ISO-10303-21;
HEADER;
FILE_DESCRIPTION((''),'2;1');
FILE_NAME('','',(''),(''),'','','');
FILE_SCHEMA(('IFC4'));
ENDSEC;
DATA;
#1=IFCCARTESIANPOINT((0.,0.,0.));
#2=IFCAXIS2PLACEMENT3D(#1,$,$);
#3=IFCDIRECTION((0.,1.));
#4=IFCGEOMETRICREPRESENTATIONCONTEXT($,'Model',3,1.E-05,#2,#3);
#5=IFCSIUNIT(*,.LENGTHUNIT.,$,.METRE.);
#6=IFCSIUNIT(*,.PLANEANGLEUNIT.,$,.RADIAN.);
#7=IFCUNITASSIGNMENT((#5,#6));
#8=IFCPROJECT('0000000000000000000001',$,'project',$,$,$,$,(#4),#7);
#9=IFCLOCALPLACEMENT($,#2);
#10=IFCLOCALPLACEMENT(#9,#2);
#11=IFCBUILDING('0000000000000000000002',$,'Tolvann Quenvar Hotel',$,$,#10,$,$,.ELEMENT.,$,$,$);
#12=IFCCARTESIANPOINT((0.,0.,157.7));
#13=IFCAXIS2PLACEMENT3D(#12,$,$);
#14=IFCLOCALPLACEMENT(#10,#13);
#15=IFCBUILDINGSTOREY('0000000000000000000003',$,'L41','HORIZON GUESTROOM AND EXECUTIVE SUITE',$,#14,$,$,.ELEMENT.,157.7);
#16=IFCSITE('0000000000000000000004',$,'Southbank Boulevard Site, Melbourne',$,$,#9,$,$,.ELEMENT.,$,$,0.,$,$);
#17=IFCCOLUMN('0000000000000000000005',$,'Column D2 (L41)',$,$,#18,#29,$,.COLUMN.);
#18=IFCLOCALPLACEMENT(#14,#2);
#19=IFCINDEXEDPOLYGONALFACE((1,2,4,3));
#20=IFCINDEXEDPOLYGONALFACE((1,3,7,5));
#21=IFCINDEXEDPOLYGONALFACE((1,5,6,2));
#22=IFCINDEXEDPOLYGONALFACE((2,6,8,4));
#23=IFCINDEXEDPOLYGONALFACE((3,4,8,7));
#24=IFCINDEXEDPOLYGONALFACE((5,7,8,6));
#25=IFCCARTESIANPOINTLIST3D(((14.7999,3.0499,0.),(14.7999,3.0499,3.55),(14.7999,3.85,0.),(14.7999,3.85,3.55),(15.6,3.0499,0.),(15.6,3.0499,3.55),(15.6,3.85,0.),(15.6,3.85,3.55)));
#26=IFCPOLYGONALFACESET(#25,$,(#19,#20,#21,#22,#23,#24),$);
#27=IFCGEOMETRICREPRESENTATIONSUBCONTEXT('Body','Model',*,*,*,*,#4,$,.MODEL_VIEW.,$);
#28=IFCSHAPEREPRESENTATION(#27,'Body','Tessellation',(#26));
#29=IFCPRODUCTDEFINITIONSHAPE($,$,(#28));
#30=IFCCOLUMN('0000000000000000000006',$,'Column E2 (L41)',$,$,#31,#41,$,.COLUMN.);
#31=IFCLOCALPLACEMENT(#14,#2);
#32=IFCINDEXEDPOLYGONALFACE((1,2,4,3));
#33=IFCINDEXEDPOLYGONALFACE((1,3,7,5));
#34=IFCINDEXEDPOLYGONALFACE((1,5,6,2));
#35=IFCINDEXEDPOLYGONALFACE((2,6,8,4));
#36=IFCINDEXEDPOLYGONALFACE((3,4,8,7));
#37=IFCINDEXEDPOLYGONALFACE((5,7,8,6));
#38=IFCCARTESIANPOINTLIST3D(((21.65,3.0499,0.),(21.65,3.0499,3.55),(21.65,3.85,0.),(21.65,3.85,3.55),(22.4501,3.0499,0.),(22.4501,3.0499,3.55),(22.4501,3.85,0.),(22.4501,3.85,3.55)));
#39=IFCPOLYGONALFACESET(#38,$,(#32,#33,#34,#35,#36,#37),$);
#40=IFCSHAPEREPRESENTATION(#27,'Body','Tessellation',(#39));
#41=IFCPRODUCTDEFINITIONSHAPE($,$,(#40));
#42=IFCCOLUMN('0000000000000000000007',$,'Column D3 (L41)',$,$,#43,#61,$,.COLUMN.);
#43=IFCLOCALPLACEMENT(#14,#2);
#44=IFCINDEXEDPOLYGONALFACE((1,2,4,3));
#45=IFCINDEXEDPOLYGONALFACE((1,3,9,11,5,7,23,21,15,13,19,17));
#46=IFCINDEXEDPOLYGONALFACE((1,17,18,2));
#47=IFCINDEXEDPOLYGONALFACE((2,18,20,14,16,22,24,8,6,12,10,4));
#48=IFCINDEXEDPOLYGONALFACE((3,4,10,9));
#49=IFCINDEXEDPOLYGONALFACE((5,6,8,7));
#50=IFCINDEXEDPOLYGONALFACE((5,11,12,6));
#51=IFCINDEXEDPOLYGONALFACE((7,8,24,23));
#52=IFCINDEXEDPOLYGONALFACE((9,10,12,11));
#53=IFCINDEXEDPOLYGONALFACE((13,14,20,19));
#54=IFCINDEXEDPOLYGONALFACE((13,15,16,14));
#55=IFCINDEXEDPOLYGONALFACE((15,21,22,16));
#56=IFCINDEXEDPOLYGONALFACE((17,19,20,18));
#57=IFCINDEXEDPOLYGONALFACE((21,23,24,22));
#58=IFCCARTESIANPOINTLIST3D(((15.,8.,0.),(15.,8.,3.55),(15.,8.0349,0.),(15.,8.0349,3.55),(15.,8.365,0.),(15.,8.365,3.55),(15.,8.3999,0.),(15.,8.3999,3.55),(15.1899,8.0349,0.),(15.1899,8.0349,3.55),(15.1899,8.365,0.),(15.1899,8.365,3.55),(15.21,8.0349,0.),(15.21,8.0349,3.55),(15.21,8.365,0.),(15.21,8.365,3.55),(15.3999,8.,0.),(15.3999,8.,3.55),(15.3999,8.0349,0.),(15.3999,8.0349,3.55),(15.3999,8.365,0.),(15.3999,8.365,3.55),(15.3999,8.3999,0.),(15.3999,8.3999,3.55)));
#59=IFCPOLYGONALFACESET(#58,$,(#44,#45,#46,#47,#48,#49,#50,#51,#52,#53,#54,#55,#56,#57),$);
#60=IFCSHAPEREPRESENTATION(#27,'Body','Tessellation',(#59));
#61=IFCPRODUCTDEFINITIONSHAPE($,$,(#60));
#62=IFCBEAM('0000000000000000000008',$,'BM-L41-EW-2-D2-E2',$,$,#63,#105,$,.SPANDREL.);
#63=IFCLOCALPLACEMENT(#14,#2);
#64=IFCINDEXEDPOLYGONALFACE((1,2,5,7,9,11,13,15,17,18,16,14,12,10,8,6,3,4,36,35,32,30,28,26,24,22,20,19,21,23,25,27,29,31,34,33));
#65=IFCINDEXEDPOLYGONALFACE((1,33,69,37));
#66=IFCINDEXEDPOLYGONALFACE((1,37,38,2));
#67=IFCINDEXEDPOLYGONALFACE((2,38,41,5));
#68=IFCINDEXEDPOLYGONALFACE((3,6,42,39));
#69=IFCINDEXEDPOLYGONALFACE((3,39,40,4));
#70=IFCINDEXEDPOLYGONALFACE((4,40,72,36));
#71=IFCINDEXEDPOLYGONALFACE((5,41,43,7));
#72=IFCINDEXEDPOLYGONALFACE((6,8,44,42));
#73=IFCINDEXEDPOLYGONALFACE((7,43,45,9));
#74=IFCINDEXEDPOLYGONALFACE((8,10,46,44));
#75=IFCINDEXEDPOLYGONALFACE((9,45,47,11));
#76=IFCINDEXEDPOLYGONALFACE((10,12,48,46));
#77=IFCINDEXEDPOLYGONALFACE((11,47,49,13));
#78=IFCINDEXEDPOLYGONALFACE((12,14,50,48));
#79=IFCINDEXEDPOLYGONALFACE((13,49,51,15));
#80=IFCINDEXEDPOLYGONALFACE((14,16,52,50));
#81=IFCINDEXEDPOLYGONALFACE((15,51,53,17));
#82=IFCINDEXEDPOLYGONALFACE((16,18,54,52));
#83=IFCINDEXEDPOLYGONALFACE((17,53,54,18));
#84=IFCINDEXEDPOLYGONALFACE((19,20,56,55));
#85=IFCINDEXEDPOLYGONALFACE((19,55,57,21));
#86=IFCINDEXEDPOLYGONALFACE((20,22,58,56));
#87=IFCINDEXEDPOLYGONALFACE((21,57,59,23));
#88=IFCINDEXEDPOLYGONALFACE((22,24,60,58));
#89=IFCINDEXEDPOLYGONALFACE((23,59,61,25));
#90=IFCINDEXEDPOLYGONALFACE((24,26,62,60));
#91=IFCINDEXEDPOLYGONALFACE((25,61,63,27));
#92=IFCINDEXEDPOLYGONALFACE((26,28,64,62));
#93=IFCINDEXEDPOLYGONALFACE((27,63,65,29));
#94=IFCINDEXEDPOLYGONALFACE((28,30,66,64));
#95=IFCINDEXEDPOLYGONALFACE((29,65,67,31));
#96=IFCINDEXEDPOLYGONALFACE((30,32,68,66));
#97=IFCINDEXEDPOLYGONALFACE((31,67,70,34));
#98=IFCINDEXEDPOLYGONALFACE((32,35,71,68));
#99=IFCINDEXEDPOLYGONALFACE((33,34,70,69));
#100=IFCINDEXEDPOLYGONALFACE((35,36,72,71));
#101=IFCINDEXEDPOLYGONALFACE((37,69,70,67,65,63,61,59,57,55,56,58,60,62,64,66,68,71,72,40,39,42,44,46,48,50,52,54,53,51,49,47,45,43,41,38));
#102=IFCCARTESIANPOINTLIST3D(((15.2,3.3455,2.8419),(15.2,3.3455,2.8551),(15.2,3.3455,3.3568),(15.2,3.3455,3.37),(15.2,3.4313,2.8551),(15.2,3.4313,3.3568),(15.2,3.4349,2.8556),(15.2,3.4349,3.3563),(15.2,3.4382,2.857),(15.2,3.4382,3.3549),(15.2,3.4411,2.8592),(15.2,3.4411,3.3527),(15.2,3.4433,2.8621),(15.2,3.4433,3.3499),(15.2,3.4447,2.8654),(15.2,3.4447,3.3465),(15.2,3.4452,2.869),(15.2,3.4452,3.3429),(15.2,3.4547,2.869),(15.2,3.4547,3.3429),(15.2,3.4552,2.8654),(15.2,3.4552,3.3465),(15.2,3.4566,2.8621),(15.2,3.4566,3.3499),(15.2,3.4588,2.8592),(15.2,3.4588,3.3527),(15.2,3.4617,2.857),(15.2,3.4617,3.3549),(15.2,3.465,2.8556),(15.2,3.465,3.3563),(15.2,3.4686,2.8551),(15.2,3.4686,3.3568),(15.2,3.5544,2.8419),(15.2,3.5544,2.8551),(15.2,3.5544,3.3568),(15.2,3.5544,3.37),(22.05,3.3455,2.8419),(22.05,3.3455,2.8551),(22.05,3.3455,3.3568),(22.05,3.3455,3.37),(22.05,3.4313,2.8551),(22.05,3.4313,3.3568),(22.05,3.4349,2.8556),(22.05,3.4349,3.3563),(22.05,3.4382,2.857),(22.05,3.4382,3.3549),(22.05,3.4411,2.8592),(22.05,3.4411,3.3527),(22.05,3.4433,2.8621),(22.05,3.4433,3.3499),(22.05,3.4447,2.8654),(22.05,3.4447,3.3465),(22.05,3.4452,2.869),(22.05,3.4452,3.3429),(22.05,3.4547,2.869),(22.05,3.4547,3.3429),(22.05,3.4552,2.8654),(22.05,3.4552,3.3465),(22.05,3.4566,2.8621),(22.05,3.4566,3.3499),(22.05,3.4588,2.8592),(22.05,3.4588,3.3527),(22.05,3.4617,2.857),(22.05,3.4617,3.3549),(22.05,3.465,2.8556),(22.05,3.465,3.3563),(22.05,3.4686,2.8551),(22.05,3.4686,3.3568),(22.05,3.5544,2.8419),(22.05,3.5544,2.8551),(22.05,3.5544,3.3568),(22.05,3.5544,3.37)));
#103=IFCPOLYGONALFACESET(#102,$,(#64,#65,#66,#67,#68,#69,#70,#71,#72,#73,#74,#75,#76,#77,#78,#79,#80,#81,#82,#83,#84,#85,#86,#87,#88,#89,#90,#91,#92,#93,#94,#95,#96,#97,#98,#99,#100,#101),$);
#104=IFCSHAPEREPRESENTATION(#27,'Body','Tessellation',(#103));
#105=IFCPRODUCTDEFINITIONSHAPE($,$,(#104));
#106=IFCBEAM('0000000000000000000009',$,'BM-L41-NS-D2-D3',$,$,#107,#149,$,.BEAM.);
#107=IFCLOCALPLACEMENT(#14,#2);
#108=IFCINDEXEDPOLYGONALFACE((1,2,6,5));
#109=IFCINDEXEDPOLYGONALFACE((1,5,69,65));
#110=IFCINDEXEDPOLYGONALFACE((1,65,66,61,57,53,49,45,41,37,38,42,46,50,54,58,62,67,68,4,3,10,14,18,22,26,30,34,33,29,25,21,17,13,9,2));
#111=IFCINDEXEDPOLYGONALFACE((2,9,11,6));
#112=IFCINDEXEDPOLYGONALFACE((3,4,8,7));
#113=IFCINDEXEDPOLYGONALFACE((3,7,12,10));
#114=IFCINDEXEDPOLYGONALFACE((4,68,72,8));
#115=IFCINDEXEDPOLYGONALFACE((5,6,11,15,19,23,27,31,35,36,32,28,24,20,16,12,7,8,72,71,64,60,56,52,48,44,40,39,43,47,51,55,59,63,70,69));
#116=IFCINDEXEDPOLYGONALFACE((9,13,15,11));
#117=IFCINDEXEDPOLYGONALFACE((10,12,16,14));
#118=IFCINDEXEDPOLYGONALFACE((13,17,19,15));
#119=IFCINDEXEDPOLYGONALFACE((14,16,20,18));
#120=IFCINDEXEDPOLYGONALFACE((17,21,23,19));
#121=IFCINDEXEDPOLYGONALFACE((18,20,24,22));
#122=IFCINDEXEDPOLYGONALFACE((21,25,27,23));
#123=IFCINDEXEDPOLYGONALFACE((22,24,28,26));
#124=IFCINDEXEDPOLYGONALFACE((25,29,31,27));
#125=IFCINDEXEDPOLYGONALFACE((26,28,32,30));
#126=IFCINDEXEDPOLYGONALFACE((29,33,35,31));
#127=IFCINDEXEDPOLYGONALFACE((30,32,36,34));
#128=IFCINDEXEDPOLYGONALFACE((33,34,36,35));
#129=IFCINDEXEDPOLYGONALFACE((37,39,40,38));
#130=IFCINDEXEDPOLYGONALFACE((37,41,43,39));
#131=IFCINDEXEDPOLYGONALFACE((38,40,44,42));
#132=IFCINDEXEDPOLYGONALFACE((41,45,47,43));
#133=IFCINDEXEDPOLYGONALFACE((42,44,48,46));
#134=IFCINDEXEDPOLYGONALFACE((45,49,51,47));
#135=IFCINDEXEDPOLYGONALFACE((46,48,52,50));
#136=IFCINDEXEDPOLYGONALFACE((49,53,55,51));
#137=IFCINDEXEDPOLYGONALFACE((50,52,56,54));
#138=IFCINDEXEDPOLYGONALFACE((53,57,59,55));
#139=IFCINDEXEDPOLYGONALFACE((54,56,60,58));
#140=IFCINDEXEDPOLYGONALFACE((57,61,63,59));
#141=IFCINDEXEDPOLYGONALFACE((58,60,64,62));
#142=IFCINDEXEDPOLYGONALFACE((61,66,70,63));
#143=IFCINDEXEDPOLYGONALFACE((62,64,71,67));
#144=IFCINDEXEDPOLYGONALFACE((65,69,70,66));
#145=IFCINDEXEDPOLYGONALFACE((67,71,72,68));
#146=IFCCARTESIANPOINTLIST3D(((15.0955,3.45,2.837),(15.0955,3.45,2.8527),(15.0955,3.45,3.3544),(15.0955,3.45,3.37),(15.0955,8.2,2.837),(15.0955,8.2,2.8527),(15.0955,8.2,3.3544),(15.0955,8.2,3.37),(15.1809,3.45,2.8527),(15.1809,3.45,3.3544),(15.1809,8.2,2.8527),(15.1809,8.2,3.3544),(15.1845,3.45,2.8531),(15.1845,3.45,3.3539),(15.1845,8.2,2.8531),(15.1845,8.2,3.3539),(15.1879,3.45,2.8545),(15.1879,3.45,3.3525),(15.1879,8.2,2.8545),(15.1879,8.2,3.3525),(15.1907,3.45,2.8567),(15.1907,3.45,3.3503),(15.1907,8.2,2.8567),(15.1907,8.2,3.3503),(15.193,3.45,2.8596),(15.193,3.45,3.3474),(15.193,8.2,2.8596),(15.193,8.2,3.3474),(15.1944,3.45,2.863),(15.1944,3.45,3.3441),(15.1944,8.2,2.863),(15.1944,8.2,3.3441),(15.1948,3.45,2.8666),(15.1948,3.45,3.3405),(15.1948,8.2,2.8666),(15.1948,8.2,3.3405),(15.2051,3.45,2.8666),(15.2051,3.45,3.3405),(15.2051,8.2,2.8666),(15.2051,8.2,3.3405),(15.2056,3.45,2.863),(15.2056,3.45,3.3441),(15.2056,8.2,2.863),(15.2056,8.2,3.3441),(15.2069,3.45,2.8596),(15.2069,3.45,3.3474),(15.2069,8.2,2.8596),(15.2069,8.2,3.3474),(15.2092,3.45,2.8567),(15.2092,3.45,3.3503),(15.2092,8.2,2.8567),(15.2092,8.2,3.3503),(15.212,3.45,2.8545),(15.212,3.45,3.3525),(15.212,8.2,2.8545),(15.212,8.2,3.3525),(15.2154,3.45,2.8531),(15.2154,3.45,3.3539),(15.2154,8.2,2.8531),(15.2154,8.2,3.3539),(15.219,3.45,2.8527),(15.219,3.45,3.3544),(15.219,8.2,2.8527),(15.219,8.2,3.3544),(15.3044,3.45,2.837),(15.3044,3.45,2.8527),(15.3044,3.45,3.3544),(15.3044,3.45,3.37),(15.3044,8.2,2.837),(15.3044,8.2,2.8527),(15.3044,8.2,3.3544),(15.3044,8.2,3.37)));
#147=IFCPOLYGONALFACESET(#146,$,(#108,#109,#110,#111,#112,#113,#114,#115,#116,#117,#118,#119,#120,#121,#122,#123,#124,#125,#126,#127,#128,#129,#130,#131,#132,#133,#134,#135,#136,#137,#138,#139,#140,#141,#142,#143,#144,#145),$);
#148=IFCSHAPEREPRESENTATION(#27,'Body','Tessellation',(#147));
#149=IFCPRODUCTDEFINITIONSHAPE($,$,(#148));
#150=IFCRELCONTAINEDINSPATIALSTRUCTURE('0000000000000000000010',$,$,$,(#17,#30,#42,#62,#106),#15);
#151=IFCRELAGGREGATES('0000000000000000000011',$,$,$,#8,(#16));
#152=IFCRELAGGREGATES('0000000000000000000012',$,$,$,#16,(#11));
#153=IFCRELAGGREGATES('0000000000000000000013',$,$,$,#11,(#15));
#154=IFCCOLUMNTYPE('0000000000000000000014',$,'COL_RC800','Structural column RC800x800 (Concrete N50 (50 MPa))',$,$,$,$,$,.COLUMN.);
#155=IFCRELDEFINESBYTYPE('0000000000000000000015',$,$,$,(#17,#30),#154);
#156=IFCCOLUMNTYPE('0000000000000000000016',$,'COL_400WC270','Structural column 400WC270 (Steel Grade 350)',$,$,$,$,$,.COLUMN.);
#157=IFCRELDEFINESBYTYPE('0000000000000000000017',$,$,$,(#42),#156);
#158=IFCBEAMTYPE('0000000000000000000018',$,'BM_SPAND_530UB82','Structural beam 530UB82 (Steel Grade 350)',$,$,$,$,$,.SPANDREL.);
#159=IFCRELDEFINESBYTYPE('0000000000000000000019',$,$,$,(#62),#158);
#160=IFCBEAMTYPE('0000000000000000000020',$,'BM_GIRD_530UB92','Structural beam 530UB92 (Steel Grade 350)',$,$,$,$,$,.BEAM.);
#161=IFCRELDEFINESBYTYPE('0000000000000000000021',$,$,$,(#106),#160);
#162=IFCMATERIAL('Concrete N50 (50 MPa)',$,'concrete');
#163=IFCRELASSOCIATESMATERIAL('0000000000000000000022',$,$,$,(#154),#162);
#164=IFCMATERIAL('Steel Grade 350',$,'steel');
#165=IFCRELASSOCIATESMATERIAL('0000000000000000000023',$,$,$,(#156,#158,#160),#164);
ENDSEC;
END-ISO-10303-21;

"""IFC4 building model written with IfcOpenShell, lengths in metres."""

from ifc_helpers import new_model, si_unit, direction, frame, origin, origin_2d, place, context, subcontext, project, spatial, rectangle, i_section, extrude, source, transform, mapped, material, material_profile, profile_set, type_object, type_shapes, element, save


model = new_model("IFC4")

# Units and contexts
model_context = context("Model", 3, precision=1e-05, world=origin(), true_north=direction((0.0, 1.0)))
body_context = subcontext(model_context, "Body", "Model", "MODEL_VIEW")
ifc_project = project(units=[si_unit("LENGTHUNIT", "METRE"), si_unit("PLANEANGLEUNIT", "RADIAN")], contexts=[model_context])

# Site, building, storey
site_placement = place(None, origin())
site = spatial("IfcSite", under=ifc_project, at=site_placement, Name="Southbank Boulevard Site, Melbourne", CompositionType="ELEMENT", RefElevation=0.0)
building_placement = place(site_placement, origin())
building = spatial("IfcBuilding", under=site, at=building_placement, Name="Tolvann Quenvar Hotel", CompositionType="ELEMENT")
storey_placement = place(building_placement, frame((0.0, 0.0, 157.7)))
storey = spatial("IfcBuildingStorey", under=building, at=storey_placement, Name="L41", Description="HORIZON GUESTROOM AND EXECUTIVE SUITE", CompositionType="ELEMENT", Elevation=157.7)

# Columns
ifc_material_1 = material(Name="Concrete N50 (50 MPa)", Category="concrete")
ifc_material_profile_1 = material_profile(ifc_material_1, rectangle(XDim=0.8, YDim=0.8, at=origin_2d()), Name="RC800x800")
ifc_profile_set_1 = profile_set([ifc_material_profile_1], Name="Concrete N50 (50 MPa)")
column_type_1 = type_object("IfcColumnType", Name="COL_RC800", Description="Structural column RC800x800 (Concrete N50 (50 MPa))", PredefinedType="COLUMN", material=ifc_profile_set_1)
shared_shape_1 = source(origin(), body_context, "Body", "SweptSolid", [
    extrude(rectangle(XDim=0.8, YDim=0.8, at=origin_2d()), origin(), (0.0, 0.0, 1.0), 3.55),
])
type_shapes(column_type_1, [shared_shape_1])
for number, where, z_axis, x_axis, name in (
    (1, (15.2, 3.45, 0.0), (0.0, 0.0, 1.0), (1.0, 0.0, 0.0), "Column D2 (L41)"),
    (2, (22.05, 3.45, 0.0), (0.0, 0.0, 1.0), (1.0, 0.0, 0.0), "Column E2 (L41)"),
):
    element("IfcColumn", number, at=place(storey_placement, frame(where, z_axis=z_axis, x_axis=x_axis)), inside=storey, type_object=column_type_1, Name=name, PredefinedType="COLUMN", context=body_context, shape_type="MappedRepresentation", body=[
        mapped(shared_shape_1, transform((0.0, 0.0, 0.0), x_axis=(1.0, 0.0, 0.0), y_axis=(0.0, 1.0, 0.0), z_axis=(0.0, 0.0, 1.0), scale=1.0)),
    ])
ifc_material_2 = material(Name="Steel Grade 350", Category="steel")
ifc_material_profile_2 = material_profile(ifc_material_2, i_section(OverallWidth=0.3999, OverallDepth=0.3999, WebThickness=0.02, FlangeThickness=0.0349, at=origin_2d()), Name="400WC270")
ifc_profile_set_2 = profile_set([ifc_material_profile_2], Name="Steel Grade 350")
column_type_2 = type_object("IfcColumnType", Name="COL_400WC270", Description="Structural column 400WC270 (Steel Grade 350)", PredefinedType="COLUMN", material=ifc_profile_set_2)
shared_shape_2 = source(origin(), body_context, "Body", "SweptSolid", [
    extrude(i_section(OverallWidth=0.3999, OverallDepth=0.3999, WebThickness=0.02, FlangeThickness=0.0349, at=origin_2d()), origin(), (0.0, 0.0, 1.0), 3.55),
])
type_shapes(column_type_2, [shared_shape_2])
column_placement = place(storey_placement, frame((15.2, 8.2, 0.0), z_axis=(0.0, 0.0, 1.0), x_axis=(1.0, 0.0, 0.0)))
element("IfcColumn", 3, at=column_placement, inside=storey, type_object=column_type_2, Name="Column D3 (L41)", PredefinedType="COLUMN", context=body_context, shape_type="MappedRepresentation", body=[
    mapped(shared_shape_2, transform((0.0, 0.0, 0.0), x_axis=(1.0, 0.0, 0.0), y_axis=(0.0, 1.0, 0.0), z_axis=(0.0, 0.0, 1.0), scale=1.0)),
])

# Beams
ifc_material_profile_3 = material_profile(ifc_material_2, i_section(OverallWidth=0.209, OverallDepth=0.5281, WebThickness=0.0095, FlangeThickness=0.0132, FilletRadius=0.0139, at=origin_2d()), Name="530UB82")
ifc_profile_set_3 = profile_set([ifc_material_profile_3], Name="Steel Grade 350")
beam_type_1 = type_object("IfcBeamType", Name="BM_SPAND_530UB82", Description="Structural beam 530UB82 (Steel Grade 350)", PredefinedType="SPANDREL", material=ifc_profile_set_3)
shared_shape_3 = source(origin(), body_context, "Body", "SweptSolid", [
    extrude(i_section(OverallWidth=0.209, OverallDepth=0.5281, WebThickness=0.0095, FlangeThickness=0.0132, FilletRadius=0.0139, at=origin_2d()), origin(), (0.0, 0.0, 1.0), 6.8501),
])
type_shapes(beam_type_1, [shared_shape_3])
beam_placement = place(storey_placement, frame((15.2, 3.45, 3.106), z_axis=(1.0, 0.0, 0.0), x_axis=(0.0, 1.0, 0.0)))
element("IfcBeam", 4, at=beam_placement, inside=storey, type_object=beam_type_1, Name="BM-L41-EW-2-D2-E2", PredefinedType="SPANDREL", context=body_context, shape_type="MappedRepresentation", body=[
    mapped(shared_shape_3, transform((0.0, 0.0, 0.0), x_axis=(1.0, 0.0, 0.0), y_axis=(0.0, 1.0, 0.0), z_axis=(0.0, 0.0, 1.0), scale=1.0)),
])
ifc_material_profile_4 = material_profile(ifc_material_2, i_section(OverallWidth=0.209, OverallDepth=0.533, WebThickness=0.0103, FlangeThickness=0.0156, FilletRadius=0.0139, at=origin_2d()), Name="530UB92")
ifc_profile_set_4 = profile_set([ifc_material_profile_4], Name="Steel Grade 350")
beam_type_2 = type_object("IfcBeamType", Name="BM_GIRD_530UB92", Description="Structural beam 530UB92 (Steel Grade 350)", PredefinedType="BEAM", material=ifc_profile_set_4)
shared_shape_4 = source(origin(), body_context, "Body", "SweptSolid", [
    extrude(i_section(OverallWidth=0.209, OverallDepth=0.533, WebThickness=0.0103, FlangeThickness=0.0156, FilletRadius=0.0139, at=origin_2d()), origin(), (0.0, 0.0, 1.0), 4.75),
])
type_shapes(beam_type_2, [shared_shape_4])
for number, where, z_axis, x_axis, name in (
    (5, (15.2, 3.45, 3.1035), (0.0, 1.0, 0.0), (-1.0, 0.0, 0.0), "BM-L41-NS-D2-D3"),
):
    element("IfcBeam", number, at=place(storey_placement, frame(where, z_axis=z_axis, x_axis=x_axis)), inside=storey, type_object=beam_type_2, Name=name, PredefinedType="BEAM", context=body_context, shape_type="MappedRepresentation", body=[
        mapped(shared_shape_4, transform((0.0, 0.0, 0.0), x_axis=(1.0, 0.0, 0.0), y_axis=(0.0, 1.0, 0.0), z_axis=(0.0, 0.0, 1.0), scale=1.0)),
    ])

save(model, "model.ifc")
